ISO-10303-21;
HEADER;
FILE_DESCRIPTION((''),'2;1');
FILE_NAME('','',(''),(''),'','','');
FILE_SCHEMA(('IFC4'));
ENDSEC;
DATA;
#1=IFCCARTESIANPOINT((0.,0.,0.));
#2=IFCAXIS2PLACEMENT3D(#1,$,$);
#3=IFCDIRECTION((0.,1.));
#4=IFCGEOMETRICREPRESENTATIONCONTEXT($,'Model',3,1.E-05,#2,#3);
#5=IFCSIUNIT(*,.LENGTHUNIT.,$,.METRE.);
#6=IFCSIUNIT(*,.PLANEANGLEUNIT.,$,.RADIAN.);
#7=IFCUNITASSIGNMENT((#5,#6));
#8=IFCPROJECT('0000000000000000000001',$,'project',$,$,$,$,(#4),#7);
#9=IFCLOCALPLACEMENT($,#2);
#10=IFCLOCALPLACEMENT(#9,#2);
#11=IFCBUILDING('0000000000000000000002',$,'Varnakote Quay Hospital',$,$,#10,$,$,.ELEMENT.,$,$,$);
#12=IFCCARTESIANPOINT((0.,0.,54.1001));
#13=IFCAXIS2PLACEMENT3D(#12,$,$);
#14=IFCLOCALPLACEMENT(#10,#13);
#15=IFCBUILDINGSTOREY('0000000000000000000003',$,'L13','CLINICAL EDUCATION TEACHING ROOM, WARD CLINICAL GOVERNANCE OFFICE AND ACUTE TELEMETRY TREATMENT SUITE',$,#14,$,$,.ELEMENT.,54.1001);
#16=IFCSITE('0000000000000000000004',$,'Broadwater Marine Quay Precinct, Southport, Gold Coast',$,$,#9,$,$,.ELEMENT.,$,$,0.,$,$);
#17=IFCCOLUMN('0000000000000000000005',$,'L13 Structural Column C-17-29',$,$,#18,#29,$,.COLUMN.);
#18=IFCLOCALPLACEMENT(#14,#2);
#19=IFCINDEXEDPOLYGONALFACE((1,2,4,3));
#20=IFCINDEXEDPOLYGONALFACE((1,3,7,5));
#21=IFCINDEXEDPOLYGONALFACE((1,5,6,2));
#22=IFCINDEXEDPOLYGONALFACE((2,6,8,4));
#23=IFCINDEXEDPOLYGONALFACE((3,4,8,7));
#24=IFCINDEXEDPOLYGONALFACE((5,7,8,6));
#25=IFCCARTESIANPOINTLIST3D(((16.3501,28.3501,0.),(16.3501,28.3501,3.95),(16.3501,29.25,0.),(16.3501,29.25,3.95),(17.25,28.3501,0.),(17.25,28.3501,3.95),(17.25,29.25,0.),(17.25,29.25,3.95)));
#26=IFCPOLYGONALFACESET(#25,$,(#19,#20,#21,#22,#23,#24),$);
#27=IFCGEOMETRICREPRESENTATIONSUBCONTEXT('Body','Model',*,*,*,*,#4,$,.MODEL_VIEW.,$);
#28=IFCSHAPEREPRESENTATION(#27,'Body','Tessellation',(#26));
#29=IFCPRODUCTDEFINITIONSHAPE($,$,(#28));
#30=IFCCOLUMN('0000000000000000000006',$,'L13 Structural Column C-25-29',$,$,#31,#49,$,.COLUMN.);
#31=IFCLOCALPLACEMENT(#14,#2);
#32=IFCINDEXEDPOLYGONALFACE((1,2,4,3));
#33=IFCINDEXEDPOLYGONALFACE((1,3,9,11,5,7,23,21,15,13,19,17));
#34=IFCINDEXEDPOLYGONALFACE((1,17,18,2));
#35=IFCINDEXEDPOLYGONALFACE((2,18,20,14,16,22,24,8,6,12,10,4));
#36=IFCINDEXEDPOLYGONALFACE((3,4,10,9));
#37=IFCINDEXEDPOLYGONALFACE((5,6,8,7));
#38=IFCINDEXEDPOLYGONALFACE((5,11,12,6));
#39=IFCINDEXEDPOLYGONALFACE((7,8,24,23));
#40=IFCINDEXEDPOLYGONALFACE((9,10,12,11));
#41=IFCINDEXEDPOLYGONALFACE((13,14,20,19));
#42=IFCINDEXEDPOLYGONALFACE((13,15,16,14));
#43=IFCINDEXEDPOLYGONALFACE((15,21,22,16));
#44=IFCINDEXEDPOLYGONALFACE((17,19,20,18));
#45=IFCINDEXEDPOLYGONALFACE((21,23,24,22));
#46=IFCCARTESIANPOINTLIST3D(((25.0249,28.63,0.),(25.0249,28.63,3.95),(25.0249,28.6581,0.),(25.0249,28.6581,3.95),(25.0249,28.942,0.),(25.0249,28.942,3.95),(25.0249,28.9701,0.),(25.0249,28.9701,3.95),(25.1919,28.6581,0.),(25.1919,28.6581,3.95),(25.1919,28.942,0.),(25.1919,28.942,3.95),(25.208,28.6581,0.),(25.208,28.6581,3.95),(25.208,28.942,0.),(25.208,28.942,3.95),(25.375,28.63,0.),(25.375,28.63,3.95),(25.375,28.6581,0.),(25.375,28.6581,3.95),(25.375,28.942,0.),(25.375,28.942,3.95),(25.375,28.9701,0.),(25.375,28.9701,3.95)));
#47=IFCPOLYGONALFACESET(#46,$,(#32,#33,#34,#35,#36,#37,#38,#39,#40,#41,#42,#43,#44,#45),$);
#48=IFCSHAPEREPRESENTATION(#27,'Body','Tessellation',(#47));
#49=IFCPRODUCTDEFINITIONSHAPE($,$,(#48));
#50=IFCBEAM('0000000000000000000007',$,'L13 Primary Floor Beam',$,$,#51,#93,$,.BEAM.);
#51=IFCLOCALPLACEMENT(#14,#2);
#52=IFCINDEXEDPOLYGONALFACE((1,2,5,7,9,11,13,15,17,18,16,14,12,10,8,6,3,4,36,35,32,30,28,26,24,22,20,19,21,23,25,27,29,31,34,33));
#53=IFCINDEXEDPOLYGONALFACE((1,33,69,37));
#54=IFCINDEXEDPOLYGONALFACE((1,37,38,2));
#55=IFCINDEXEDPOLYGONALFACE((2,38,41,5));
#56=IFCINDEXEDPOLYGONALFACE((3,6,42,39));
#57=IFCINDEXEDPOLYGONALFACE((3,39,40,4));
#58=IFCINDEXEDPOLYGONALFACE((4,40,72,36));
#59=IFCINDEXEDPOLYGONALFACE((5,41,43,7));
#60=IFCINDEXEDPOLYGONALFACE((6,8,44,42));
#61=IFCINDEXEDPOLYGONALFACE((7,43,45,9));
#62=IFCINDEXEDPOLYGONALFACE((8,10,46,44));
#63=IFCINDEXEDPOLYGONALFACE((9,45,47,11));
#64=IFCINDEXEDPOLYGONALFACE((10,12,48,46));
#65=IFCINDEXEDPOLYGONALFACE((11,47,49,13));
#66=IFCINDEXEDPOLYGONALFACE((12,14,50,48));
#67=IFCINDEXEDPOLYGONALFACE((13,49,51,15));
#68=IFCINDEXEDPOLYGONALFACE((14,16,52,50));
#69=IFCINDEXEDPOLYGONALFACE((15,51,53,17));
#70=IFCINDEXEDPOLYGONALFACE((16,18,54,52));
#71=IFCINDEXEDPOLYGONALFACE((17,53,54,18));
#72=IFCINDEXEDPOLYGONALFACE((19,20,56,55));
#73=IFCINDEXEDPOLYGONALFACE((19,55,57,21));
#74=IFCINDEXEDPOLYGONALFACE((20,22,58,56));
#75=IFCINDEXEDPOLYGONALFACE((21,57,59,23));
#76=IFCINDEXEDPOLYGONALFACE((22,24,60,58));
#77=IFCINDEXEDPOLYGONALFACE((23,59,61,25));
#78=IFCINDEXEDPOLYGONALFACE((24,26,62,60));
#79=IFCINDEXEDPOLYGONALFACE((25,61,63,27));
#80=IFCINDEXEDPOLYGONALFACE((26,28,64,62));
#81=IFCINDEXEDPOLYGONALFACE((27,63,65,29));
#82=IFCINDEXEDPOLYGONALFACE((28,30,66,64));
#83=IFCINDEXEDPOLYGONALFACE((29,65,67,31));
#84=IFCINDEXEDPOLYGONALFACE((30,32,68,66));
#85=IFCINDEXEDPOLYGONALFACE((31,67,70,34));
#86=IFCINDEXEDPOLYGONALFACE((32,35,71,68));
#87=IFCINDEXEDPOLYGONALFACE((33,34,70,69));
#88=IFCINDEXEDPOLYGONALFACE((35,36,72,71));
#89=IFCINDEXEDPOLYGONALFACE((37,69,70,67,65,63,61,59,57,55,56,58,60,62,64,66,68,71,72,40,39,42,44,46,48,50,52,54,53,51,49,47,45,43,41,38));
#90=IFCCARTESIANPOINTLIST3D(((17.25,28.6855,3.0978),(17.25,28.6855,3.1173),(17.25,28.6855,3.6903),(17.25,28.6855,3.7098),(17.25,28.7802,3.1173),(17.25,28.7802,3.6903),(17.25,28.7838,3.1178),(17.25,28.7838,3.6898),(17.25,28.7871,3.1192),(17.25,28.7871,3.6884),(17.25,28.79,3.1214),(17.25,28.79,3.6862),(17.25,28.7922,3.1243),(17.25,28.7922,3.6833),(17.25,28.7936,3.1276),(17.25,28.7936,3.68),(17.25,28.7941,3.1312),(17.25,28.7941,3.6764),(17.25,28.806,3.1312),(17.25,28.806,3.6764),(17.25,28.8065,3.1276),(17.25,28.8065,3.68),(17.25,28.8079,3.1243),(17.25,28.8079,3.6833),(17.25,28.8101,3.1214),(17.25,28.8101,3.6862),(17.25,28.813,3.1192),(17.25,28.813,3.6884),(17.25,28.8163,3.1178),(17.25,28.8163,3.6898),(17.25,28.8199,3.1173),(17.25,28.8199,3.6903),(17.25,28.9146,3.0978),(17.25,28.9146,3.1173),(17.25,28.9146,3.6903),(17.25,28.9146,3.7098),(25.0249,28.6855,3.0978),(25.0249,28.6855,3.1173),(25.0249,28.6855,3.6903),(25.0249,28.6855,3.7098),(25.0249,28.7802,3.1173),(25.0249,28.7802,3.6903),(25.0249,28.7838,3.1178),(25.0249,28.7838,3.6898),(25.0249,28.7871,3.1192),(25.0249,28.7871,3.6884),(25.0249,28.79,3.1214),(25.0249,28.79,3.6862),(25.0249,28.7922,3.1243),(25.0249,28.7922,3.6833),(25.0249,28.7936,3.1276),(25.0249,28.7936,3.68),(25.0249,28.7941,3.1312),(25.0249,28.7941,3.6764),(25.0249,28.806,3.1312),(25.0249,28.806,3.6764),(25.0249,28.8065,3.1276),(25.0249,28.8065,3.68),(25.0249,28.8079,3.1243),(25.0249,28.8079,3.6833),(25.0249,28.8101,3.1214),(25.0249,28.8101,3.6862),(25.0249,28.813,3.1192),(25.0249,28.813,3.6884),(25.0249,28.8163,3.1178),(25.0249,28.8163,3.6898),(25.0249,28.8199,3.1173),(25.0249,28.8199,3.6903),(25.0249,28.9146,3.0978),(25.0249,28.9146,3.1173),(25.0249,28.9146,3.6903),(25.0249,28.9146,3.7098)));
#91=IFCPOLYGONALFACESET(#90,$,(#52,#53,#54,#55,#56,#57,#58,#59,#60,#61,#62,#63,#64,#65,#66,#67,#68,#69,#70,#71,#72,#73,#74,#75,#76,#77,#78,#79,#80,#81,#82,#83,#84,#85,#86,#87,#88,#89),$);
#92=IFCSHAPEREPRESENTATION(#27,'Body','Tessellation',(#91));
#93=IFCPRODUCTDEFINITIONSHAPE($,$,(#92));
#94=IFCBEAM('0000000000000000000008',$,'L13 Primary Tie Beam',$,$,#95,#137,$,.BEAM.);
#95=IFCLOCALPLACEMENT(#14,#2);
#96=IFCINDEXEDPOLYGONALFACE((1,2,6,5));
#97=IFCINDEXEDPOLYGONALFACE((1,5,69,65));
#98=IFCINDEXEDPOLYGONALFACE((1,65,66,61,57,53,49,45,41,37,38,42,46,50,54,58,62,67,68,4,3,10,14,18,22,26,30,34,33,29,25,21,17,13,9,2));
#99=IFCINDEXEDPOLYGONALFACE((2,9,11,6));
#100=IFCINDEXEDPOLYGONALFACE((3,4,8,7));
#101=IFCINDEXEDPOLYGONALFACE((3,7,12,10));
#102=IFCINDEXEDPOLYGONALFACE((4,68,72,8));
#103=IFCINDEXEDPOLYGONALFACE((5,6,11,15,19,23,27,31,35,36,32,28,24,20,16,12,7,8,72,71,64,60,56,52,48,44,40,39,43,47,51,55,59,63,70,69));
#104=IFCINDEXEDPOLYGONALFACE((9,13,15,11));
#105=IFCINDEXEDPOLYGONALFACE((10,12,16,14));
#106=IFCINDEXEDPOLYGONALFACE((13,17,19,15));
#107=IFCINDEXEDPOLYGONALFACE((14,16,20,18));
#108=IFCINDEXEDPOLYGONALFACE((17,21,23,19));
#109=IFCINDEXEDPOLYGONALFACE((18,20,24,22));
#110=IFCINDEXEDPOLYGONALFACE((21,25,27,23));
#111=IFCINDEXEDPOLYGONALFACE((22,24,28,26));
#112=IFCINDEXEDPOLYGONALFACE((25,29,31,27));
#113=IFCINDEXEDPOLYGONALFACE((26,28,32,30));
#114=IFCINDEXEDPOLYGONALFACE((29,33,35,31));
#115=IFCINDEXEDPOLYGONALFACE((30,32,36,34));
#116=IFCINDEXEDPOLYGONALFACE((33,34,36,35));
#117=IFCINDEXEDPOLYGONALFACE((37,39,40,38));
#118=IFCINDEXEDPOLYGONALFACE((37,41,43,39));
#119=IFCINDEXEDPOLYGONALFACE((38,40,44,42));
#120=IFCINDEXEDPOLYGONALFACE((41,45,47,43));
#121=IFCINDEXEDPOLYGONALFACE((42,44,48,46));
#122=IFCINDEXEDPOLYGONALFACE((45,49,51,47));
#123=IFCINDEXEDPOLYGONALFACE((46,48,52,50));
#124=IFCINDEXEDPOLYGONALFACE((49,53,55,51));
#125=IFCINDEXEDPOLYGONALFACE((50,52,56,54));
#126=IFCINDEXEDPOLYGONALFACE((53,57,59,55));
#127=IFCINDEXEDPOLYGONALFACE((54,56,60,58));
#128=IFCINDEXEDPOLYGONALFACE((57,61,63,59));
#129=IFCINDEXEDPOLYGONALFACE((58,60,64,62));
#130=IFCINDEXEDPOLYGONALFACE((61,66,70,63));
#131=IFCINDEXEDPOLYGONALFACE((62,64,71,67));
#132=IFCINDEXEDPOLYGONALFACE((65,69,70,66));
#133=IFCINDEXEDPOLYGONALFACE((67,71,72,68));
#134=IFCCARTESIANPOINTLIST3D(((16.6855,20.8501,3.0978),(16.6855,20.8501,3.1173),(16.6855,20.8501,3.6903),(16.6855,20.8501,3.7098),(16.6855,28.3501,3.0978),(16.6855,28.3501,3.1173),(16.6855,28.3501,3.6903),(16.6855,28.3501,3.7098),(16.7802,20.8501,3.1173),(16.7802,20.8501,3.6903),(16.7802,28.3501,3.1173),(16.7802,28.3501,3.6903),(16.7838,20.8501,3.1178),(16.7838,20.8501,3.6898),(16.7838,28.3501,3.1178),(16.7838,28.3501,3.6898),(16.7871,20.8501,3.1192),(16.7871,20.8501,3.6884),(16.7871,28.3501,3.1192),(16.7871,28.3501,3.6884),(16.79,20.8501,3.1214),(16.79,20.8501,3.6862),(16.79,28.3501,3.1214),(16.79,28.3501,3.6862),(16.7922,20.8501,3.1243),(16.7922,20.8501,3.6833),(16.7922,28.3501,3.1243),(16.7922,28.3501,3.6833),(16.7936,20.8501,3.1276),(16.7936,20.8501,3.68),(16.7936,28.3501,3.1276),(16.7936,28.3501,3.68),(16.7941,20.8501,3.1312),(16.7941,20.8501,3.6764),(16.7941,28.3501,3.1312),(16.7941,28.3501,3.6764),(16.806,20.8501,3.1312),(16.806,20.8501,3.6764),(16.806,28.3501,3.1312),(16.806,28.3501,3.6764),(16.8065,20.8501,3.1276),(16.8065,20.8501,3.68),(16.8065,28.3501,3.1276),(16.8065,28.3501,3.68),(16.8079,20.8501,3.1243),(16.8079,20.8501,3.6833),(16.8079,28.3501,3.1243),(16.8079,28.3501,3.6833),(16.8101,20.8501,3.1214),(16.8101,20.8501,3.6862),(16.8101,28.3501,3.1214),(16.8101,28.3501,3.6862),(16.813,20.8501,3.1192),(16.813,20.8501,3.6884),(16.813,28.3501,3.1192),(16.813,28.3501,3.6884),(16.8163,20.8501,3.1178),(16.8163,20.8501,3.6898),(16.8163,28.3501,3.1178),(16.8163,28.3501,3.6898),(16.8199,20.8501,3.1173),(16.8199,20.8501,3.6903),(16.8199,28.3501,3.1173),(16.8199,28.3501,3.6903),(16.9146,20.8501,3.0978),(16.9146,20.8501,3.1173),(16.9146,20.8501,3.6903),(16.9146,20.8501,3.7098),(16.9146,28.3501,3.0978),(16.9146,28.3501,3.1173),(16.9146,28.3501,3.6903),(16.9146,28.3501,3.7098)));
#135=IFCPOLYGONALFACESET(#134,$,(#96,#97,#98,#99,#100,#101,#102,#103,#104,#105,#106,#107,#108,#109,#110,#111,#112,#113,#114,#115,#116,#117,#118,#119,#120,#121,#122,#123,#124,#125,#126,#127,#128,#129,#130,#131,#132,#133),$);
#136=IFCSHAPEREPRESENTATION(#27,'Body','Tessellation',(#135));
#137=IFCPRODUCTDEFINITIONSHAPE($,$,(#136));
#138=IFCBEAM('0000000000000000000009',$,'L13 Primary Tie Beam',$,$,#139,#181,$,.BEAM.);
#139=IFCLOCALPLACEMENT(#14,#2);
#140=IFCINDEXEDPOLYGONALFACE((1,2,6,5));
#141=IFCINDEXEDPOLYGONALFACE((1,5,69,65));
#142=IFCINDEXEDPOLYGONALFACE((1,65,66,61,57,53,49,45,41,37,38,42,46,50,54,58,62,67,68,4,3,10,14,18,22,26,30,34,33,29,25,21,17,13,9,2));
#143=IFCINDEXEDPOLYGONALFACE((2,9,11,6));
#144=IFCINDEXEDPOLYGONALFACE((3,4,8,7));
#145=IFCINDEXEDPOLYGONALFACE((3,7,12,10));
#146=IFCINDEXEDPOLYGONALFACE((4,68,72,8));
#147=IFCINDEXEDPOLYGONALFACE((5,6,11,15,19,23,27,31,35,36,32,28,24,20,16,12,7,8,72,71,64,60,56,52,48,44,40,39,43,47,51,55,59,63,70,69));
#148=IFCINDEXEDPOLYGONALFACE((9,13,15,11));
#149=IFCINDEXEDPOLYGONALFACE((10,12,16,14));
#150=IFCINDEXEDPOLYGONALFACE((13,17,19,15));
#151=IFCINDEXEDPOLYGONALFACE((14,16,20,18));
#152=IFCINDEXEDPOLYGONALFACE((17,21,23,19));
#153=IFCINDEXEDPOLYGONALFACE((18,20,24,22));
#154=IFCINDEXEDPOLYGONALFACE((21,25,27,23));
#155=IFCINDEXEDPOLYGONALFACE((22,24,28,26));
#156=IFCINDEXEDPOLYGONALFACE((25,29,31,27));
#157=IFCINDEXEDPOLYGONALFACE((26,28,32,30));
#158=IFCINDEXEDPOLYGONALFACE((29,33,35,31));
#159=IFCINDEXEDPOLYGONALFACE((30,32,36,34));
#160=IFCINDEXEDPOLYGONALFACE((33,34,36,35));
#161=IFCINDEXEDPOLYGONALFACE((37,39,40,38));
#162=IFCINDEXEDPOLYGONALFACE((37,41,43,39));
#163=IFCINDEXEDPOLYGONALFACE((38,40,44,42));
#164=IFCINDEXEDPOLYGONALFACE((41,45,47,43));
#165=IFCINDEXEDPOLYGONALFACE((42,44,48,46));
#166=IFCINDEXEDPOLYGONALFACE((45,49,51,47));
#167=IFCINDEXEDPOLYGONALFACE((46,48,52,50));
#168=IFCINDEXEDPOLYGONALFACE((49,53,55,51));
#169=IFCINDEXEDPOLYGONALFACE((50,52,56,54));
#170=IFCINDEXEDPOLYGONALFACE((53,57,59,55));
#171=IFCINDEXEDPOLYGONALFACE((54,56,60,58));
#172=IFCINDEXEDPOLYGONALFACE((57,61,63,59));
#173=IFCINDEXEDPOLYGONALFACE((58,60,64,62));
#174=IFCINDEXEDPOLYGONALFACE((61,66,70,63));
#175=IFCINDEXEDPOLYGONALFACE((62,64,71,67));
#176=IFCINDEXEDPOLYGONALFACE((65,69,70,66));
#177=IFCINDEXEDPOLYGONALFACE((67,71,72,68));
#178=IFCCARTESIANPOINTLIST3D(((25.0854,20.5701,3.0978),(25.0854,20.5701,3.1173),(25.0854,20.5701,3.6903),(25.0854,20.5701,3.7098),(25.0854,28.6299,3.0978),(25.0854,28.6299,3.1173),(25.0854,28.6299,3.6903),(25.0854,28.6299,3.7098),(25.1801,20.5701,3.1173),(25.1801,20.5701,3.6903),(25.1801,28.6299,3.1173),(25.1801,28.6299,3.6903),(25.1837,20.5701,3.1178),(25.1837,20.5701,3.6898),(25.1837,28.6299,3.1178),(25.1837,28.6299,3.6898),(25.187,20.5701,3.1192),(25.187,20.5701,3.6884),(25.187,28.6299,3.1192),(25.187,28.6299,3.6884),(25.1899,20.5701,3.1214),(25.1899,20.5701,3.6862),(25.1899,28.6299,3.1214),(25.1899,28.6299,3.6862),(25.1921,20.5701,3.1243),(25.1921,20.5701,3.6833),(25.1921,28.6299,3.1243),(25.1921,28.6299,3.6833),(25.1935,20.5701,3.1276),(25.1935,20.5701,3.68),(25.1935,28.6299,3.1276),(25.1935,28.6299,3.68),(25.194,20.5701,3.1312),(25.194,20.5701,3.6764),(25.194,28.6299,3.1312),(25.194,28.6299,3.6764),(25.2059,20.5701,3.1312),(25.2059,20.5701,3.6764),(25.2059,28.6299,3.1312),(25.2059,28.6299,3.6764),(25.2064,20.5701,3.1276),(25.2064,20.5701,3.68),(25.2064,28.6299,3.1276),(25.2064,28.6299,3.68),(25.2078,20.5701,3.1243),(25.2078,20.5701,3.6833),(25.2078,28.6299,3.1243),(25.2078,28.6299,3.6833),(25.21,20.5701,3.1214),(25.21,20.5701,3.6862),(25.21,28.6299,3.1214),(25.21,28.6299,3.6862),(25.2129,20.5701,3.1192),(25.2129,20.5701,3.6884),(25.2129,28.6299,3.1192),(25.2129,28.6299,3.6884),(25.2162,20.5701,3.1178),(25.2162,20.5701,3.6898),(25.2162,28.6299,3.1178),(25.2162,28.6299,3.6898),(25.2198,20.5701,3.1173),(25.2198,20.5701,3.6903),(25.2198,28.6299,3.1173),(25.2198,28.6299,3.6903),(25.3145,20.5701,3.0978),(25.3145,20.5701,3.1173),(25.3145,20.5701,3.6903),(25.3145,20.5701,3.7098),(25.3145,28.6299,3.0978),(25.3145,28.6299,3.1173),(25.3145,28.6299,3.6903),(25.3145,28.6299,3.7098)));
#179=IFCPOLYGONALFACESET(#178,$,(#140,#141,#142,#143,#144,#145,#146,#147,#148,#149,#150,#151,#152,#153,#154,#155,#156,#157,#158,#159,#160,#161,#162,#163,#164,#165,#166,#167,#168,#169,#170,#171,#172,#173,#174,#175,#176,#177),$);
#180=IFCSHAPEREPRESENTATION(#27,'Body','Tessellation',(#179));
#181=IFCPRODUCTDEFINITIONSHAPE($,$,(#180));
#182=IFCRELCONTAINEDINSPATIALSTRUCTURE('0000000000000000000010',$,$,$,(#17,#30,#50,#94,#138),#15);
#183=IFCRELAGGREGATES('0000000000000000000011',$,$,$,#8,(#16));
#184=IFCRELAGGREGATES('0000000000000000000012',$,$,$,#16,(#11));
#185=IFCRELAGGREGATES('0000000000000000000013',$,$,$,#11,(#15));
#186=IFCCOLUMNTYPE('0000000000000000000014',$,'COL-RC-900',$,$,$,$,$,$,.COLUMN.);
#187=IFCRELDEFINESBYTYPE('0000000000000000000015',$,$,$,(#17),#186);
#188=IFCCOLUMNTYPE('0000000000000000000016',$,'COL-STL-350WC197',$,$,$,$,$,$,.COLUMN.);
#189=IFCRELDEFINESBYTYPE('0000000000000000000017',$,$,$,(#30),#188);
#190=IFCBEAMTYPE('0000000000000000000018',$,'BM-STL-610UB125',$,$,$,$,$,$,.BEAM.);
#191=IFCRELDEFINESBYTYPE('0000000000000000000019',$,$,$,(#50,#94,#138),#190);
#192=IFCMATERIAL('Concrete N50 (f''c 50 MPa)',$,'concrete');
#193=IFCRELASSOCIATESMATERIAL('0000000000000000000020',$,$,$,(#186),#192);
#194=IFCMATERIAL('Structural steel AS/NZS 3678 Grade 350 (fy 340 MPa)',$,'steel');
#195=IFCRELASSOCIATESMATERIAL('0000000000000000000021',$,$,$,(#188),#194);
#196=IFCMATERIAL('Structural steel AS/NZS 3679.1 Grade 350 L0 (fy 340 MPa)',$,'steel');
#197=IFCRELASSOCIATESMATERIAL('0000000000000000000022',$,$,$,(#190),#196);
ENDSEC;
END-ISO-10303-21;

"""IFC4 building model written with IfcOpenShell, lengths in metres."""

from ifc_helpers import new_model, si_unit, direction, frame, origin, origin_2d, place, context, subcontext, project, spatial, rectangle, i_section, extrude, material, material_profile, profile_set, type_object, element, save


model = new_model("IFC4")

# Units and contexts
model_context = context("Model", 3, precision=1e-05, world=origin(), true_north=direction((0.0, 1.0)))
body_context = subcontext(model_context, "Body", "Model", "MODEL_VIEW")
ifc_project = project(units=[si_unit("LENGTHUNIT", "METRE"), si_unit("PLANEANGLEUNIT", "RADIAN")], contexts=[model_context])

# Site, building, storey
site_placement = place(None, origin())
site = spatial("IfcSite", under=ifc_project, at=site_placement, Name="Broadwater Marine Quay Precinct, Southport, Gold Coast", CompositionType="ELEMENT", RefElevation=0.0)
building_placement = place(site_placement, origin())
building = spatial("IfcBuilding", under=site, at=building_placement, Name="Varnakote Quay Hospital", CompositionType="ELEMENT")
storey_placement = place(building_placement, frame((0.0, 0.0, 54.1001)))
storey = spatial("IfcBuildingStorey", under=building, at=storey_placement, Name="L13", Description="CLINICAL EDUCATION TEACHING ROOM, WARD CLINICAL GOVERNANCE OFFICE AND ACUTE TELEMETRY TREATMENT SUITE", CompositionType="ELEMENT", Elevation=54.1001)

# Columns
ifc_material_1 = material(Name="Concrete N50 (f'c 50 MPa)", Category="concrete")
ifc_material_profile_1 = material_profile(ifc_material_1, rectangle(XDim=0.8999, YDim=0.8999, at=origin_2d()), Name="RC-COL-900x900")
ifc_profile_set_1 = profile_set([ifc_material_profile_1], Name="Concrete N50 (f'c 50 MPa)")
column_type_1 = type_object("IfcColumnType", Name="COL-RC-900", PredefinedType="COLUMN", material=ifc_profile_set_1)
column_1_placement = place(storey_placement, frame((16.8, 28.8, 0.0), z_axis=(0.0, 0.0, 1.0), x_axis=(1.0, 0.0, 0.0)))
element("IfcColumn", 1, at=column_1_placement, inside=storey, type_object=column_type_1, Name="L13 Structural Column C-17-29", PredefinedType="COLUMN", context=body_context, shape_type="SweptSolid", body=[
    extrude(rectangle(XDim=0.8999, YDim=0.8999, at=origin_2d()), origin(), (0.0, 0.0, 1.0), 3.95),
])
ifc_material_2 = material(Name="Structural steel AS/NZS 3678 Grade 350 (fy 340 MPa)", Category="steel")
ifc_material_profile_2 = material_profile(ifc_material_2, i_section(OverallWidth=0.3501, OverallDepth=0.3401, WebThickness=0.0161, FlangeThickness=0.0281, at=origin_2d()), Name="350WC197")
ifc_profile_set_2 = profile_set([ifc_material_profile_2], Name="Structural steel AS/NZS 3678 Grade 350 (fy 340 MPa)")
column_type_2 = type_object("IfcColumnType", Name="COL-STL-350WC197", PredefinedType="COLUMN", material=ifc_profile_set_2)
column_2_placement = place(storey_placement, frame((25.2, 28.8, 0.0), z_axis=(0.0, 0.0, 1.0), x_axis=(1.0, 0.0, 0.0)))
element("IfcColumn", 2, at=column_2_placement, inside=storey, type_object=column_type_2, Name="L13 Structural Column C-25-29", PredefinedType="COLUMN", context=body_context, shape_type="SweptSolid", body=[
    extrude(i_section(OverallWidth=0.3501, OverallDepth=0.3401, WebThickness=0.0161, FlangeThickness=0.0281, at=origin_2d()), origin(), (0.0, 0.0, 1.0), 3.95),
])

# Beams
ifc_material_3 = material(Name="Structural steel AS/NZS 3679.1 Grade 350 L0 (fy 340 MPa)", Category="steel")
ifc_material_profile_3 = material_profile(ifc_material_3, i_section(OverallWidth=0.229, OverallDepth=0.6121, WebThickness=0.012, FlangeThickness=0.0195, FilletRadius=0.0139, at=origin_2d()), Name="610UB125")
ifc_profile_set_3 = profile_set([ifc_material_profile_3], Name="Structural steel AS/NZS 3679.1 Grade 350 L0 (fy 340 MPa)")
beam_type_1 = type_object("IfcBeamType", Name="BM-STL-610UB125", PredefinedType="BEAM", material=ifc_profile_set_3)
beam_1_placement = place(storey_placement, frame((17.25, 28.8, 3.4038), z_axis=(1.0, 0.0, 0.0), x_axis=(0.0, 1.0, 0.0)))
element("IfcBeam", 3, at=beam_1_placement, inside=storey, type_object=beam_type_1, Name="L13 Primary Floor Beam", PredefinedType="BEAM", context=body_context, shape_type="SweptSolid", body=[
    extrude(i_section(OverallWidth=0.229, OverallDepth=0.6121, WebThickness=0.012, FlangeThickness=0.0195, FilletRadius=0.0139, at=origin_2d()), origin(), (0.0, 0.0, 1.0), 7.7749),
])
beam_2_placement = place(storey_placement, frame((16.8, 20.8501, 3.4038), z_axis=(0.0, 1.0, 0.0), x_axis=(-1.0, 0.0, 0.0)))
element("IfcBeam", 4, at=beam_2_placement, inside=storey, type_object=beam_type_1, Name="L13 Primary Tie Beam", PredefinedType="BEAM", context=body_context, shape_type="SweptSolid", body=[
    extrude(i_section(OverallWidth=0.229, OverallDepth=0.6121, WebThickness=0.012, FlangeThickness=0.0195, FilletRadius=0.0139, at=origin_2d()), origin(), (0.0, 0.0, 1.0), 7.5),
])
beam_3_placement = place(storey_placement, frame((25.2, 20.5701, 3.4038), z_axis=(0.0, 1.0, 0.0), x_axis=(-1.0, 0.0, 0.0)))
element("IfcBeam", 5, at=beam_3_placement, inside=storey, type_object=beam_type_1, Name="L13 Primary Tie Beam", PredefinedType="BEAM", context=body_context, shape_type="SweptSolid", body=[
    extrude(i_section(OverallWidth=0.229, OverallDepth=0.6121, WebThickness=0.012, FlangeThickness=0.0195, FilletRadius=0.0139, at=origin_2d()), origin(), (0.0, 0.0, 1.0), 8.0598),
])

save(model, "model.ifc")
